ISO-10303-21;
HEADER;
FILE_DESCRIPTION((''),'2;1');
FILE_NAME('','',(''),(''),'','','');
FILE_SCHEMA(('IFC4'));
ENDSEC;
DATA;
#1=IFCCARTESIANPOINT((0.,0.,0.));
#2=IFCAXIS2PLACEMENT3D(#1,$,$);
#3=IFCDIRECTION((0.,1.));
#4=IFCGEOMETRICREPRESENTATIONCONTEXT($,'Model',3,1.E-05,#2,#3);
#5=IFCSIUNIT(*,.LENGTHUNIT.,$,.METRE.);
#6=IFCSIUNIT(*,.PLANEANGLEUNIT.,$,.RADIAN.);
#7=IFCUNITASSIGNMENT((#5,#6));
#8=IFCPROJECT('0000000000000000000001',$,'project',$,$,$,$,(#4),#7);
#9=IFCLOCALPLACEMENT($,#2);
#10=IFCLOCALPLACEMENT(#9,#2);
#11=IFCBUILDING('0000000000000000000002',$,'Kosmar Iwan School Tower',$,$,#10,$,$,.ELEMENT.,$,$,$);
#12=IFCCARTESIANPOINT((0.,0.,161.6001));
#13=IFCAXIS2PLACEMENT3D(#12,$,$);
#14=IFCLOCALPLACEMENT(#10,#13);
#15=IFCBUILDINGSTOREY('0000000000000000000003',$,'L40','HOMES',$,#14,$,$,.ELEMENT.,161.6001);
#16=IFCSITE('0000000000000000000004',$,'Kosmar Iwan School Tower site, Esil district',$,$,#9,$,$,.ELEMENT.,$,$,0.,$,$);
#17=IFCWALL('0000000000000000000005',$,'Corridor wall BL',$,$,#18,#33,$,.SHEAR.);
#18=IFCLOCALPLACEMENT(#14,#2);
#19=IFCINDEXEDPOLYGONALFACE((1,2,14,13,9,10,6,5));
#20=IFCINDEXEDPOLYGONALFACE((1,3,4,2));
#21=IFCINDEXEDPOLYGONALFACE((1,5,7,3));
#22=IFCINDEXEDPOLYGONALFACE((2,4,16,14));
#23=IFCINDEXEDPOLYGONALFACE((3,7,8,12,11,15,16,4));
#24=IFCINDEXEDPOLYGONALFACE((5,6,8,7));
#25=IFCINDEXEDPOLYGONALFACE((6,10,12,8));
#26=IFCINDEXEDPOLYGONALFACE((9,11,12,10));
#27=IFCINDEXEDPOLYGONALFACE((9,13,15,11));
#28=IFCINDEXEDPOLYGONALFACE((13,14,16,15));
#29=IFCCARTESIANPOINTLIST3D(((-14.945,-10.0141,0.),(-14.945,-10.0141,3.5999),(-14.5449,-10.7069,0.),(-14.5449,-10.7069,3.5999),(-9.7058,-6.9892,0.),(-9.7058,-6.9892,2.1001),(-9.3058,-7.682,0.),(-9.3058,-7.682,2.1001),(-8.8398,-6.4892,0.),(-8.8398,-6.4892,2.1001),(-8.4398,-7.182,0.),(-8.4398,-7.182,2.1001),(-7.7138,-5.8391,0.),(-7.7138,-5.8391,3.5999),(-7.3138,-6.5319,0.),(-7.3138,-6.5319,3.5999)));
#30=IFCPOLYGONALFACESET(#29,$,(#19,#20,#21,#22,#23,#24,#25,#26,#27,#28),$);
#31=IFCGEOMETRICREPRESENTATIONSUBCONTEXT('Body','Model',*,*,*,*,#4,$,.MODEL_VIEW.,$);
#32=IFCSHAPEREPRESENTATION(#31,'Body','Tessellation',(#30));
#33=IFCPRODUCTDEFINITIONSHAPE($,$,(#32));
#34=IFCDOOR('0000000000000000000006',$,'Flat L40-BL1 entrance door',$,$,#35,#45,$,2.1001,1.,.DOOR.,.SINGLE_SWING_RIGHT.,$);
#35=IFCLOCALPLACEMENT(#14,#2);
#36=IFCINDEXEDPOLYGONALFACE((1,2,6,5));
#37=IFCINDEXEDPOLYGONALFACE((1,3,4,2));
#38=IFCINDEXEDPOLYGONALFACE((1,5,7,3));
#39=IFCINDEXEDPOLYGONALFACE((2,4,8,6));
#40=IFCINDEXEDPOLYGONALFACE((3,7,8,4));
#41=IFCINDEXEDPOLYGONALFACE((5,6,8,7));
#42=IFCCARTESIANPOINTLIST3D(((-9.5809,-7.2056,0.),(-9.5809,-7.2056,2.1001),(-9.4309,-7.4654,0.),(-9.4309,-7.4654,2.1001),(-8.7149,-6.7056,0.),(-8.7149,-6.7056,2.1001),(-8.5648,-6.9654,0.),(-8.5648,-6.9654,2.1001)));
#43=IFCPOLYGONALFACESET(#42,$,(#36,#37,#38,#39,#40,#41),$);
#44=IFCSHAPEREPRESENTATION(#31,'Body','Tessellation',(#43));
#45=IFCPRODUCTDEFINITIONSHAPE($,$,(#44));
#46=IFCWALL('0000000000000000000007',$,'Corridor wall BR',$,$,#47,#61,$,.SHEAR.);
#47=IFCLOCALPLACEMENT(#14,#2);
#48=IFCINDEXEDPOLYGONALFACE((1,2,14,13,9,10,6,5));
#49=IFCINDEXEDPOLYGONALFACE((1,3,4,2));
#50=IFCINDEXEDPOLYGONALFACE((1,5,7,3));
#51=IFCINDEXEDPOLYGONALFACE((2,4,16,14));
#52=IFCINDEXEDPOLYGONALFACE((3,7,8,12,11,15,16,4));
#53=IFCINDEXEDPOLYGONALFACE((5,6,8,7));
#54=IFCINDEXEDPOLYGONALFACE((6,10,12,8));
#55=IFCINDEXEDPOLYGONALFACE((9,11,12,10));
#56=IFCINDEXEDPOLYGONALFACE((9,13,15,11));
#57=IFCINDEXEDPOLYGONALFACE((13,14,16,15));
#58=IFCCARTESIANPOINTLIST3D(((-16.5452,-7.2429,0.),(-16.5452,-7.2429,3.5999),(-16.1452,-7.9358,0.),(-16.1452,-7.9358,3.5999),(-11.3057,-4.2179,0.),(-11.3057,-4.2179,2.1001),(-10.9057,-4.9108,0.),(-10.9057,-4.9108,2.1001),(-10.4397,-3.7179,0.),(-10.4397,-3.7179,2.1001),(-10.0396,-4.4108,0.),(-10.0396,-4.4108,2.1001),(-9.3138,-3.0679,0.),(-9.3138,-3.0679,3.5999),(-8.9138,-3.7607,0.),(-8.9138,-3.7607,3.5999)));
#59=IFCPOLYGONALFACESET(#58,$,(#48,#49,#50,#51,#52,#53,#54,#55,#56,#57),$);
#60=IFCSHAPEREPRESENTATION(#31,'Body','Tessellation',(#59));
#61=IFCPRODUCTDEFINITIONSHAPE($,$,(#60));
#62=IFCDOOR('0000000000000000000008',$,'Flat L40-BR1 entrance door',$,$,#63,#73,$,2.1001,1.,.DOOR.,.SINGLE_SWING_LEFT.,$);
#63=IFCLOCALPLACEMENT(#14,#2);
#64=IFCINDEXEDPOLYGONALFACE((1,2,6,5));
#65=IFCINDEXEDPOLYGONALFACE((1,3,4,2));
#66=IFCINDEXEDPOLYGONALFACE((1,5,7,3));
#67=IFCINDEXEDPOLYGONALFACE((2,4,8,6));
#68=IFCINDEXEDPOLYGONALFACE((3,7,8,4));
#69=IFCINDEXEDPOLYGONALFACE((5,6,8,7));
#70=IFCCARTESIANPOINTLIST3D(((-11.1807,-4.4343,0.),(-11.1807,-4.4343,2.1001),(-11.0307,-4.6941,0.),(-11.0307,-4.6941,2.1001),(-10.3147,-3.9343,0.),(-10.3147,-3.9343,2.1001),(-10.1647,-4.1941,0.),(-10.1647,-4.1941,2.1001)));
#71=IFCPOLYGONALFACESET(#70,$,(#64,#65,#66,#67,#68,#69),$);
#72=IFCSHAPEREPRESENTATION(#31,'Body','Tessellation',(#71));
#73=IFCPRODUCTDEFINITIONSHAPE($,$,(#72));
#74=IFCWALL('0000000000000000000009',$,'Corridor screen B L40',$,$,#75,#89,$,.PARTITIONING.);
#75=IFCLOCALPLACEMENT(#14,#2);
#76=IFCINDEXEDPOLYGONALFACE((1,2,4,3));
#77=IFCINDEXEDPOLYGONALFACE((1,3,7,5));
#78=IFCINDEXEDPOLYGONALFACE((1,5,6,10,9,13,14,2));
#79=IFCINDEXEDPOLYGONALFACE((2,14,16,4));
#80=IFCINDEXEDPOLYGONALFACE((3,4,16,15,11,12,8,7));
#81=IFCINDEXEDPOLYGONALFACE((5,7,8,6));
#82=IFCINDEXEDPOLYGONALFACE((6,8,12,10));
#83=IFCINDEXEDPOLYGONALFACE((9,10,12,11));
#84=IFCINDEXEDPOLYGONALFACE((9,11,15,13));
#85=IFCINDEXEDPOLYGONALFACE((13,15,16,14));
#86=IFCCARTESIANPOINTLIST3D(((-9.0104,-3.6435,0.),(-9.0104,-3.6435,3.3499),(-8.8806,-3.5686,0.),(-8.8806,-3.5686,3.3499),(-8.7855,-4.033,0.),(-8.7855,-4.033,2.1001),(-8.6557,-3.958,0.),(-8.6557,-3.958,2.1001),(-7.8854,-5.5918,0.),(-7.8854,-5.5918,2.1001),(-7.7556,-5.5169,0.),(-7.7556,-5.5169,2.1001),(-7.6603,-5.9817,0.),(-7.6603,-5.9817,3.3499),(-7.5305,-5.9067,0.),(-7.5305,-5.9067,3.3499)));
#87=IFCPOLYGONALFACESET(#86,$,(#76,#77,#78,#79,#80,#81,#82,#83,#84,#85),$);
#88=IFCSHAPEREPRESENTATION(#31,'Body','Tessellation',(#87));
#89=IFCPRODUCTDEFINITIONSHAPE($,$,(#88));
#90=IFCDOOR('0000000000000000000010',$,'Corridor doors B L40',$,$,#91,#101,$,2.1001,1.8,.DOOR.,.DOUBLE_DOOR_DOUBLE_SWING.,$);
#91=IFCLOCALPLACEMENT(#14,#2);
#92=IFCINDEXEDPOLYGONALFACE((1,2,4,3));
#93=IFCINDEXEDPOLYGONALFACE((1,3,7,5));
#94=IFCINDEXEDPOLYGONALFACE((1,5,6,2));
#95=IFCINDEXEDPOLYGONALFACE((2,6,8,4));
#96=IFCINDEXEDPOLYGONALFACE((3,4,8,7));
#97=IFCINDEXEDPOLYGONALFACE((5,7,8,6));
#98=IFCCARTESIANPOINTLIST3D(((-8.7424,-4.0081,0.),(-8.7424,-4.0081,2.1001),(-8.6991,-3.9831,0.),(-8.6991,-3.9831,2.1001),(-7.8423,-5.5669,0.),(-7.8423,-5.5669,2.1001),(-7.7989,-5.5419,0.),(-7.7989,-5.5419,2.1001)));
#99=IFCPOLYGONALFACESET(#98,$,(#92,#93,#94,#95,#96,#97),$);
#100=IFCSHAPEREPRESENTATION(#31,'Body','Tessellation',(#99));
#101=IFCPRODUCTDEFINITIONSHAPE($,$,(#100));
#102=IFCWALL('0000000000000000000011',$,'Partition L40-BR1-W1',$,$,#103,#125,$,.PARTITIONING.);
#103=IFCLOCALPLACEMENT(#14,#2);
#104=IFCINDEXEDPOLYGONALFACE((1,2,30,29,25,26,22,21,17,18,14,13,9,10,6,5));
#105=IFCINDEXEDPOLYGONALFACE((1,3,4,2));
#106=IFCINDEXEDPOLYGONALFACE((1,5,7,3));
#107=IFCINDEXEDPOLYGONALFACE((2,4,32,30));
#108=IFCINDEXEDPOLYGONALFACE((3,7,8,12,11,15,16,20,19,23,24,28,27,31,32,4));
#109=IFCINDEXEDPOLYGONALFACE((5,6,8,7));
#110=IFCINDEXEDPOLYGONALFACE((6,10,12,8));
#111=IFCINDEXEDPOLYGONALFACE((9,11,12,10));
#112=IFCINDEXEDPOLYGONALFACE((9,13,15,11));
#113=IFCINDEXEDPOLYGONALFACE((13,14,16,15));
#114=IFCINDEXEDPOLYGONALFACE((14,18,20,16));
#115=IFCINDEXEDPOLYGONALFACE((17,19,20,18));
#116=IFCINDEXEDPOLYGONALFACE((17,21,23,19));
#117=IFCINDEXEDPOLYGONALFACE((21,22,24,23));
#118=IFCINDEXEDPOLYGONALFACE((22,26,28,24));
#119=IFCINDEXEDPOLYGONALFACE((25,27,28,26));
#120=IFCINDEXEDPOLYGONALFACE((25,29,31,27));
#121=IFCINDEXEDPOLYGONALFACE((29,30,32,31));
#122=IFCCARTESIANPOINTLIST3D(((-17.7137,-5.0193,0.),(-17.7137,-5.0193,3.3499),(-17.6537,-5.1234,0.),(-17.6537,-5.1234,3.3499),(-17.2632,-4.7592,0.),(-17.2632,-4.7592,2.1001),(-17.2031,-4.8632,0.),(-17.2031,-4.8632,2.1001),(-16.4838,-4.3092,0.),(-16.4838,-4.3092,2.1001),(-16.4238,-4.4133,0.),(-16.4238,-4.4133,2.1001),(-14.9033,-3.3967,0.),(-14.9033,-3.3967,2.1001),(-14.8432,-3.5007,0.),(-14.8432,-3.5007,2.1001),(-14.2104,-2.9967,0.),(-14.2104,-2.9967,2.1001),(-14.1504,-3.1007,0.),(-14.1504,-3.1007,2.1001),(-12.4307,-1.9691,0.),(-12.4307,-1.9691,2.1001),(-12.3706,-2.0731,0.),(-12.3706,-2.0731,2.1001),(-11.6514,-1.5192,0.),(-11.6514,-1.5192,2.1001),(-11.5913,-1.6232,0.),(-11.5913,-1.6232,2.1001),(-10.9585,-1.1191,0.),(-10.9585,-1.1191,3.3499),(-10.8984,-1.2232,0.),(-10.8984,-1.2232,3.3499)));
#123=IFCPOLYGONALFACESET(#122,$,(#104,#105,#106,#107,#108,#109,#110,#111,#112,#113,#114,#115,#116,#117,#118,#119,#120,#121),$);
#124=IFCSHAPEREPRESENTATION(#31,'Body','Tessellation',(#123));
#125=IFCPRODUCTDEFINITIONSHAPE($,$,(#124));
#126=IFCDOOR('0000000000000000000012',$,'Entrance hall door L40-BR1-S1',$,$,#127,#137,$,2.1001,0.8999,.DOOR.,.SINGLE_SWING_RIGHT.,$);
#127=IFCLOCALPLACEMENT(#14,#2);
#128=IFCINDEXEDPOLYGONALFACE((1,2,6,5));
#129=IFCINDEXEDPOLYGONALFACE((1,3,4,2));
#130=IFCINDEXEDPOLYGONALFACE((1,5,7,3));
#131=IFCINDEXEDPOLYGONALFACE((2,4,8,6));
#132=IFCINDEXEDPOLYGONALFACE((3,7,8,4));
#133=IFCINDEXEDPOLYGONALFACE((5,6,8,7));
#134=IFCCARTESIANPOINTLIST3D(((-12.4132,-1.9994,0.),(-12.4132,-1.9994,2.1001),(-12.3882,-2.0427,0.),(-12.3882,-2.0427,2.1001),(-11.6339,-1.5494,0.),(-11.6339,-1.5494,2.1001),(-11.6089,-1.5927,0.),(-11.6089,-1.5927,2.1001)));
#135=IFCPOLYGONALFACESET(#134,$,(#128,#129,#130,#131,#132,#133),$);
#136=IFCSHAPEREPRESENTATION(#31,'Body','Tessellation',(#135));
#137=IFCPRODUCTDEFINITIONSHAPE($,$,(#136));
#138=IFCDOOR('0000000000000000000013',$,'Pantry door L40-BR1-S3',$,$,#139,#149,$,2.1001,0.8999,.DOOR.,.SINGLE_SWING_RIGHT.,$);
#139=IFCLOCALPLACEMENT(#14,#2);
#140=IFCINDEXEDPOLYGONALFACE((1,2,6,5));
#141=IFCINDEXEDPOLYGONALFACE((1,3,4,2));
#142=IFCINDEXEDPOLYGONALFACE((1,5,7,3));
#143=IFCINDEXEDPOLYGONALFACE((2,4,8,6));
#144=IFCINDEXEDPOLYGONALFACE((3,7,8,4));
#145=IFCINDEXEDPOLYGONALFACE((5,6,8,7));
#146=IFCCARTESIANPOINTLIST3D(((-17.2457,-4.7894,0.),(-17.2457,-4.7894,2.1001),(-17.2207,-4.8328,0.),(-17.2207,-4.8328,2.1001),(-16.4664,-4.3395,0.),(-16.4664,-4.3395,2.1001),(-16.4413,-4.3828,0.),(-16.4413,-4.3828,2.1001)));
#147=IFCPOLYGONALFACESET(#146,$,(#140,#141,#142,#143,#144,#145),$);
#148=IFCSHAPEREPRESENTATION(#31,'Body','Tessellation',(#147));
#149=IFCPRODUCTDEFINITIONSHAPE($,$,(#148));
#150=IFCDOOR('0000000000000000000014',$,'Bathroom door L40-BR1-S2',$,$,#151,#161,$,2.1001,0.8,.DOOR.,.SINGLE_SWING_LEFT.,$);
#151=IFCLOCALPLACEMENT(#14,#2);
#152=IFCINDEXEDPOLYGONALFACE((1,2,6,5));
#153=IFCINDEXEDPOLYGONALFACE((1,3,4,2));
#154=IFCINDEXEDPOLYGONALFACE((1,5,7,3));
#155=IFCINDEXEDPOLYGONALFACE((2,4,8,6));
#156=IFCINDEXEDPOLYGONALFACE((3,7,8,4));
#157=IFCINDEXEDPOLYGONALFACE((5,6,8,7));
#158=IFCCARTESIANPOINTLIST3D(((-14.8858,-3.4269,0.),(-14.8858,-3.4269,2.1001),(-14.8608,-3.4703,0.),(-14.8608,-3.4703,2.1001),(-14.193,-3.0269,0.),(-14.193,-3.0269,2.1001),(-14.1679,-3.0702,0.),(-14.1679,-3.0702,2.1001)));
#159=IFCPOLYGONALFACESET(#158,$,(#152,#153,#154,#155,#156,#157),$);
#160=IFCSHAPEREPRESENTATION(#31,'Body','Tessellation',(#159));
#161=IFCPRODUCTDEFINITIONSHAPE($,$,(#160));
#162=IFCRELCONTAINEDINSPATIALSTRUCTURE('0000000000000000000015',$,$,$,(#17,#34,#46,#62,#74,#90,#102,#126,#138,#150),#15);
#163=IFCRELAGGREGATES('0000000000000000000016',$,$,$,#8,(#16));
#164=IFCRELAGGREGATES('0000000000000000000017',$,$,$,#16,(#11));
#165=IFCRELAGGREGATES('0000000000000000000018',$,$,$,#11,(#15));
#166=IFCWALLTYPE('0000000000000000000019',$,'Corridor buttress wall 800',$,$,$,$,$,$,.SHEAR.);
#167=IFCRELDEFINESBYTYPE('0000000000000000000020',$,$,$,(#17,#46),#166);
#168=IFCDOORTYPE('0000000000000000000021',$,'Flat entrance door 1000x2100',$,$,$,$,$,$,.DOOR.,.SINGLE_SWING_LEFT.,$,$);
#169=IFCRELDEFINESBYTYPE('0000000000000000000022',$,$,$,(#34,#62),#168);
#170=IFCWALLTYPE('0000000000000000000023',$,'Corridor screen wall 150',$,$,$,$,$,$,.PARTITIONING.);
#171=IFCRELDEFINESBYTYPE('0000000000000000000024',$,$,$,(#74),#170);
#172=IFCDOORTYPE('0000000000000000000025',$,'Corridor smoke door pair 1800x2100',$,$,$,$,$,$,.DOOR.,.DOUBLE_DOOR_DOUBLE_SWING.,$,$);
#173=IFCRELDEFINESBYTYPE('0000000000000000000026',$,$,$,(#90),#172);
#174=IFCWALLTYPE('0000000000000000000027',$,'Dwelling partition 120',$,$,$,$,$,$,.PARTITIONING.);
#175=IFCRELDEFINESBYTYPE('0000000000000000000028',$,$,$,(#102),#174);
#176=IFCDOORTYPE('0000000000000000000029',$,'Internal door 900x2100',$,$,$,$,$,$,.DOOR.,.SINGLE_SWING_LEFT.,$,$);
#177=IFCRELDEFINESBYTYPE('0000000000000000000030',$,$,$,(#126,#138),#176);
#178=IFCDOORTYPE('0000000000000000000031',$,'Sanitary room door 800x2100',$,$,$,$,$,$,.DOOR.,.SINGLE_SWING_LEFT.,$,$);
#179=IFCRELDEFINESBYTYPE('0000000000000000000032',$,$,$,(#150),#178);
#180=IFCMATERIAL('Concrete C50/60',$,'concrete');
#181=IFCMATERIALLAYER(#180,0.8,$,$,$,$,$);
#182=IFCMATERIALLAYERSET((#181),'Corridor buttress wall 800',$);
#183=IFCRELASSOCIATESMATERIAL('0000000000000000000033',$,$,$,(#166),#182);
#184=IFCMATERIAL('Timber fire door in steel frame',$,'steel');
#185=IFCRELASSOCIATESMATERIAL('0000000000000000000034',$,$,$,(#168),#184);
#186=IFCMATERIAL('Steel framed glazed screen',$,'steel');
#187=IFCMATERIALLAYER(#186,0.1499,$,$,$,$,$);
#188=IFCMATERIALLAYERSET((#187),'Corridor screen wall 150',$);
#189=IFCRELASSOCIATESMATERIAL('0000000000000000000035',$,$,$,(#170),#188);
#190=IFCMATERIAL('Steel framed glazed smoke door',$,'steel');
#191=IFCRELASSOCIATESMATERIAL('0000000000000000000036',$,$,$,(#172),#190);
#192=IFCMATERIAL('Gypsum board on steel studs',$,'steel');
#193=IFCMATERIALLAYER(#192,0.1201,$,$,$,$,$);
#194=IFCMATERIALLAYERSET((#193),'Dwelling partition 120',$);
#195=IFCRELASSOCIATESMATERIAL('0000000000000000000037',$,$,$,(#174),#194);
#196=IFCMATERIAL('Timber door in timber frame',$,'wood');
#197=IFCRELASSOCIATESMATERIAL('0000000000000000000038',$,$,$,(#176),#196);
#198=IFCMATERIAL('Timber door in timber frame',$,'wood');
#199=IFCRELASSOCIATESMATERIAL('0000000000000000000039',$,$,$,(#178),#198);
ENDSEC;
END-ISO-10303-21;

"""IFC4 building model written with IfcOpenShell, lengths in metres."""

from ifc_helpers import new_model, si_unit, direction, frame, frame_2d, origin, place, context, subcontext, project, spatial, rectangle, extrude, material, layer, layer_set, type_object, element, fill, save


model = new_model("IFC4")

# Units and contexts
model_context = context("Model", 3, precision=1e-05, world=origin(), true_north=direction((0.0, 1.0)))
body_context = subcontext(model_context, "Body", "Model", "MODEL_VIEW")
ifc_project = project(units=[si_unit("LENGTHUNIT", "METRE"), si_unit("PLANEANGLEUNIT", "RADIAN")], contexts=[model_context])

# Site, building, storey
site_placement = place(None, origin())
site = spatial("IfcSite", under=ifc_project, at=site_placement, Name="Kosmar Iwan School Tower site, Esil district", CompositionType="ELEMENT", RefElevation=0.0)
building_placement = place(site_placement, origin())
building = spatial("IfcBuilding", under=site, at=building_placement, Name="Kosmar Iwan School Tower", CompositionType="ELEMENT")
storey_placement = place(building_placement, frame((0.0, 0.0, 161.6001)))
storey = spatial("IfcBuildingStorey", under=building, at=storey_placement, Name="L40", Description="HOMES", CompositionType="ELEMENT", Elevation=161.6001)

# Walls, openings, doors
ifc_material_1 = material(Name="Concrete C50/60", Category="concrete")
ifc_layer_1 = layer(ifc_material_1, 0.8)
ifc_layer_set_1 = layer_set([ifc_layer_1], Name="Corridor buttress wall 800")
wall_type_1 = type_object("IfcWallType", Name="Corridor buttress wall 800", PredefinedType="SHEAR", material=ifc_layer_set_1)
wall_1_placement = place(storey_placement, frame((-7.5139, -6.1855, 0.0), z_axis=(0.0, 0.0, 1.0), x_axis=(-0.86602, -0.50001, 0.0)))
wall_1 = element("IfcWall", 1, at=wall_1_placement, inside=storey, type_object=wall_type_1, Name="Corridor wall BL", PredefinedType="SHEAR", context=body_context, shape_type="SweptSolid", body=[
    extrude(rectangle(XDim=8.3499, YDim=0.8, at=frame_2d((4.1748, 0.0))), origin(), (0.0, 0.0, 1.0), 3.5999),
])
opening_1_placement = place(wall_1_placement, frame((1.3, 0.0, 0.0)))
opening_1 = element("IfcOpeningElement", 2, at=opening_1_placement, cuts=wall_1, PredefinedType="OPENING", context=body_context, shape_type="SweptSolid", body=[
    extrude(rectangle(XDim=1.0, YDim=2.1001, at=frame_2d((0.5, 1.05))), frame((0.0, 0.4121, 0.0), z_axis=(0.0, -1.0, 0.0), x_axis=(1.0, 0.0, 0.0)), (0.0, 0.0, 1.0), 0.824),
])
ifc_material_2 = material(Name="Timber fire door in steel frame", Category="steel")
door_type_1 = type_object("IfcDoorType", Name="Flat entrance door 1000x2100", OperationType="SINGLE_SWING_LEFT", PredefinedType="DOOR", material=ifc_material_2)
door_1_placement = place(opening_1_placement, origin())
door_1 = element("IfcDoor", 3, at=door_1_placement, inside=storey, type_object=door_type_1, Name="Flat L40-BL1 entrance door", OperationType="SINGLE_SWING_RIGHT", OverallHeight=2.1001, OverallWidth=1.0, PredefinedType="DOOR", context=body_context, shape_type="SweptSolid", body=[
    extrude(rectangle(XDim=1.0, YDim=2.1001, at=frame_2d((0.5, 1.05))), frame((0.0, 0.1499, 0.0), z_axis=(0.0, -1.0, 0.0), x_axis=(1.0, 0.0, 0.0)), (0.0, 0.0, 1.0), 0.3),
])
fill(opening_1, door_1)
wall_2_placement = place(storey_placement, frame((-9.1138, -3.4143, 0.0), z_axis=(0.0, 0.0, 1.0), x_axis=(-0.866027, -0.499997, 0.0)))
wall_2 = element("IfcWall", 4, at=wall_2_placement, inside=storey, type_object=wall_type_1, Name="Corridor wall BR", PredefinedType="SHEAR", context=body_context, shape_type="SweptSolid", body=[
    extrude(rectangle(XDim=8.3501, YDim=0.8, at=frame_2d((4.175, 0.0))), origin(), (0.0, 0.0, 1.0), 3.5999),
])
opening_2_placement = place(wall_2_placement, frame((1.3, 0.0, 0.0)))
opening_2 = element("IfcOpeningElement", 5, at=opening_2_placement, cuts=wall_2, PredefinedType="OPENING", context=body_context, shape_type="SweptSolid", body=[
    extrude(rectangle(XDim=1.0, YDim=2.1001, at=frame_2d((0.5, 1.05))), frame((0.0, 0.4121, 0.0), z_axis=(0.0, -1.0, 0.0), x_axis=(1.0, 0.0, 0.0)), (0.0, 0.0, 1.0), 0.824),
])
door_2_placement = place(opening_2_placement, origin())
door_2 = element("IfcDoor", 6, at=door_2_placement, inside=storey, type_object=door_type_1, Name="Flat L40-BR1 entrance door", OperationType="SINGLE_SWING_LEFT", OverallHeight=2.1001, OverallWidth=1.0, PredefinedType="DOOR", context=body_context, shape_type="SweptSolid", body=[
    extrude(rectangle(XDim=1.0, YDim=2.1001, at=frame_2d((0.5, 1.05))), frame((0.0, 0.1499, 0.0), z_axis=(0.0, -1.0, 0.0), x_axis=(1.0, 0.0, 0.0)), (0.0, 0.0, 1.0), 0.3),
])
fill(opening_2, door_2)
ifc_material_3 = material(Name="Steel framed glazed screen", Category="steel")
ifc_layer_2 = layer(ifc_material_3, 0.1499)
ifc_layer_set_2 = layer_set([ifc_layer_2], Name="Corridor screen wall 150")
wall_type_2 = type_object("IfcWallType", Name="Corridor screen wall 150", PredefinedType="PARTITIONING", material=ifc_layer_set_2)
wall_3_placement = place(storey_placement, frame((-8.9456, -3.606, 0.0), z_axis=(0.0, 0.0, 1.0), x_axis=(0.500049, -0.865997, 0.0)))
wall_3 = element("IfcWall", 7, at=wall_3_placement, inside=storey, type_object=wall_type_2, Name="Corridor screen B L40", PredefinedType="PARTITIONING", context=body_context, shape_type="SweptSolid", body=[
    extrude(rectangle(XDim=2.7, YDim=0.1499, at=frame_2d((1.3501, 0.0))), origin(), (0.0, 0.0, 1.0), 3.3499),
])
opening_3_placement = place(wall_3_placement, frame((0.45, 0.0, 0.0)))
opening_3 = element("IfcOpeningElement", 8, at=opening_3_placement, cuts=wall_3, PredefinedType="OPENING", context=body_context, shape_type="SweptSolid", body=[
    extrude(rectangle(XDim=1.8, YDim=2.1001, at=frame_2d((0.8999, 1.05))), frame((0.0, 0.0869, 0.0), z_axis=(0.0, -1.0, 0.0), x_axis=(1.0, 0.0, 0.0)), (0.0, 0.0, 1.0), 0.1738),
])
ifc_material_4 = material(Name="Steel framed glazed smoke door", Category="steel")
door_type_2 = type_object("IfcDoorType", Name="Corridor smoke door pair 1800x2100", OperationType="DOUBLE_DOOR_DOUBLE_SWING", PredefinedType="DOOR", material=ifc_material_4)
door_3_placement = place(opening_3_placement, origin())
door_3 = element("IfcDoor", 9, at=door_3_placement, inside=storey, type_object=door_type_2, Name="Corridor doors B L40", OperationType="DOUBLE_DOOR_DOUBLE_SWING", OverallHeight=2.1001, OverallWidth=1.8, PredefinedType="DOOR", context=body_context, shape_type="SweptSolid", body=[
    extrude(rectangle(XDim=1.8, YDim=2.1001, at=frame_2d((0.8999, 1.05))), frame((0.0, 0.0249, 0.0), z_axis=(0.0, -1.0, 0.0), x_axis=(1.0, 0.0, 0.0)), (0.0, 0.0, 1.0), 0.05),
])
fill(opening_3, door_3)

# Wall, openings, doors
ifc_material_5 = material(Name="Gypsum board on steel studs", Category="steel")
ifc_layer_3 = layer(ifc_material_5, 0.1201)
ifc_layer_set_3 = layer_set([ifc_layer_3], Name="Dwelling partition 120")
wall_type_3 = type_object("IfcWallType", Name="Dwelling partition 120", PredefinedType="PARTITIONING", material=ifc_layer_set_3)
wall_4_placement = place(storey_placement, frame((-10.9285, -1.1711, 0.0), z_axis=(0.0, 0.0, 1.0), x_axis=(-0.866021, -0.500007, 0.0)))
wall_4 = element("IfcWall", 10, at=wall_4_placement, inside=storey, type_object=wall_type_3, Name="Partition L40-BR1-W1", PredefinedType="PARTITIONING", context=body_context, shape_type="SweptSolid", body=[
    extrude(rectangle(XDim=7.8003, YDim=0.1201, at=frame_2d((3.9001, 0.0))), origin(), (0.0, 0.0, 1.0), 3.3499),
])
opening_4_placement = place(wall_4_placement, frame((0.8, 0.0, 0.0)))
opening_4 = element("IfcOpeningElement", 11, at=opening_4_placement, cuts=wall_4, PredefinedType="OPENING", context=body_context, shape_type="SweptSolid", body=[
    extrude(rectangle(XDim=0.8999, YDim=2.1001, at=frame_2d((0.45, 1.05))), frame((0.0, 0.072, 0.0), z_axis=(0.0, -1.0, 0.0), x_axis=(1.0, 0.0, 0.0)), (0.0, 0.0, 1.0), 0.144),
])
opening_5_placement = place(wall_4_placement, frame((3.7551, 0.0, 0.0)))
opening_5 = element("IfcOpeningElement", 12, at=opening_5_placement, cuts=wall_4, PredefinedType="OPENING", context=body_context, shape_type="SweptSolid", body=[
    extrude(rectangle(XDim=0.8, YDim=2.1001, at=frame_2d((0.3999, 1.05))), frame((0.0, 0.072, 0.0), z_axis=(0.0, -1.0, 0.0), x_axis=(1.0, 0.0, 0.0)), (0.0, 0.0, 1.0), 0.144),
])
opening_6_placement = place(wall_4_placement, frame((6.3801, 0.0, 0.0)))
opening_6 = element("IfcOpeningElement", 13, at=opening_6_placement, cuts=wall_4, PredefinedType="OPENING", context=body_context, shape_type="SweptSolid", body=[
    extrude(rectangle(XDim=0.8999, YDim=2.1001, at=frame_2d((0.45, 1.05))), frame((0.0, 0.072, 0.0), z_axis=(0.0, -1.0, 0.0), x_axis=(1.0, 0.0, 0.0)), (0.0, 0.0, 1.0), 0.144),
])
ifc_material_6 = material(Name="Timber door in timber frame", Category="wood")
door_type_3 = type_object("IfcDoorType", Name="Internal door 900x2100", OperationType="SINGLE_SWING_LEFT", PredefinedType="DOOR", material=ifc_material_6)
door_4_placement = place(opening_4_placement, origin())
door_4 = element("IfcDoor", 14, at=door_4_placement, inside=storey, type_object=door_type_3, Name="Entrance hall door L40-BR1-S1", OperationType="SINGLE_SWING_RIGHT", OverallHeight=2.1001, OverallWidth=0.8999, PredefinedType="DOOR", context=body_context, shape_type="SweptSolid", body=[
    extrude(rectangle(XDim=0.8999, YDim=2.1001, at=frame_2d((0.45, 1.05))), frame((0.0, 0.0249, 0.0), z_axis=(0.0, -1.0, 0.0), x_axis=(1.0, 0.0, 0.0)), (0.0, 0.0, 1.0), 0.05),
])
fill(opening_4, door_4)
door_5_placement = place(opening_6_placement, origin())
door_5 = element("IfcDoor", 15, at=door_5_placement, inside=storey, type_object=door_type_3, Name="Pantry door L40-BR1-S3", OperationType="SINGLE_SWING_RIGHT", OverallHeight=2.1001, OverallWidth=0.8999, PredefinedType="DOOR", context=body_context, shape_type="SweptSolid", body=[
    extrude(rectangle(XDim=0.8999, YDim=2.1001, at=frame_2d((0.45, 1.05))), frame((0.0, 0.0249, 0.0), z_axis=(0.0, -1.0, 0.0), x_axis=(1.0, 0.0, 0.0)), (0.0, 0.0, 1.0), 0.05),
])
fill(opening_6, door_5)
ifc_material_7 = material(Name="Timber door in timber frame", Category="wood")
door_type_4 = type_object("IfcDoorType", Name="Sanitary room door 800x2100", OperationType="SINGLE_SWING_LEFT", PredefinedType="DOOR", material=ifc_material_7)
door_6_placement = place(opening_5_placement, origin())
door_6 = element("IfcDoor", 16, at=door_6_placement, inside=storey, type_object=door_type_4, Name="Bathroom door L40-BR1-S2", OperationType="SINGLE_SWING_LEFT", OverallHeight=2.1001, OverallWidth=0.8, PredefinedType="DOOR", context=body_context, shape_type="SweptSolid", body=[
    extrude(rectangle(XDim=0.8, YDim=2.1001, at=frame_2d((0.3999, 1.05))), frame((0.0, 0.0249, 0.0), z_axis=(0.0, -1.0, 0.0), x_axis=(1.0, 0.0, 0.0)), (0.0, 0.0, 1.0), 0.05),
])
fill(opening_5, door_6)

save(model, "model.ifc")
